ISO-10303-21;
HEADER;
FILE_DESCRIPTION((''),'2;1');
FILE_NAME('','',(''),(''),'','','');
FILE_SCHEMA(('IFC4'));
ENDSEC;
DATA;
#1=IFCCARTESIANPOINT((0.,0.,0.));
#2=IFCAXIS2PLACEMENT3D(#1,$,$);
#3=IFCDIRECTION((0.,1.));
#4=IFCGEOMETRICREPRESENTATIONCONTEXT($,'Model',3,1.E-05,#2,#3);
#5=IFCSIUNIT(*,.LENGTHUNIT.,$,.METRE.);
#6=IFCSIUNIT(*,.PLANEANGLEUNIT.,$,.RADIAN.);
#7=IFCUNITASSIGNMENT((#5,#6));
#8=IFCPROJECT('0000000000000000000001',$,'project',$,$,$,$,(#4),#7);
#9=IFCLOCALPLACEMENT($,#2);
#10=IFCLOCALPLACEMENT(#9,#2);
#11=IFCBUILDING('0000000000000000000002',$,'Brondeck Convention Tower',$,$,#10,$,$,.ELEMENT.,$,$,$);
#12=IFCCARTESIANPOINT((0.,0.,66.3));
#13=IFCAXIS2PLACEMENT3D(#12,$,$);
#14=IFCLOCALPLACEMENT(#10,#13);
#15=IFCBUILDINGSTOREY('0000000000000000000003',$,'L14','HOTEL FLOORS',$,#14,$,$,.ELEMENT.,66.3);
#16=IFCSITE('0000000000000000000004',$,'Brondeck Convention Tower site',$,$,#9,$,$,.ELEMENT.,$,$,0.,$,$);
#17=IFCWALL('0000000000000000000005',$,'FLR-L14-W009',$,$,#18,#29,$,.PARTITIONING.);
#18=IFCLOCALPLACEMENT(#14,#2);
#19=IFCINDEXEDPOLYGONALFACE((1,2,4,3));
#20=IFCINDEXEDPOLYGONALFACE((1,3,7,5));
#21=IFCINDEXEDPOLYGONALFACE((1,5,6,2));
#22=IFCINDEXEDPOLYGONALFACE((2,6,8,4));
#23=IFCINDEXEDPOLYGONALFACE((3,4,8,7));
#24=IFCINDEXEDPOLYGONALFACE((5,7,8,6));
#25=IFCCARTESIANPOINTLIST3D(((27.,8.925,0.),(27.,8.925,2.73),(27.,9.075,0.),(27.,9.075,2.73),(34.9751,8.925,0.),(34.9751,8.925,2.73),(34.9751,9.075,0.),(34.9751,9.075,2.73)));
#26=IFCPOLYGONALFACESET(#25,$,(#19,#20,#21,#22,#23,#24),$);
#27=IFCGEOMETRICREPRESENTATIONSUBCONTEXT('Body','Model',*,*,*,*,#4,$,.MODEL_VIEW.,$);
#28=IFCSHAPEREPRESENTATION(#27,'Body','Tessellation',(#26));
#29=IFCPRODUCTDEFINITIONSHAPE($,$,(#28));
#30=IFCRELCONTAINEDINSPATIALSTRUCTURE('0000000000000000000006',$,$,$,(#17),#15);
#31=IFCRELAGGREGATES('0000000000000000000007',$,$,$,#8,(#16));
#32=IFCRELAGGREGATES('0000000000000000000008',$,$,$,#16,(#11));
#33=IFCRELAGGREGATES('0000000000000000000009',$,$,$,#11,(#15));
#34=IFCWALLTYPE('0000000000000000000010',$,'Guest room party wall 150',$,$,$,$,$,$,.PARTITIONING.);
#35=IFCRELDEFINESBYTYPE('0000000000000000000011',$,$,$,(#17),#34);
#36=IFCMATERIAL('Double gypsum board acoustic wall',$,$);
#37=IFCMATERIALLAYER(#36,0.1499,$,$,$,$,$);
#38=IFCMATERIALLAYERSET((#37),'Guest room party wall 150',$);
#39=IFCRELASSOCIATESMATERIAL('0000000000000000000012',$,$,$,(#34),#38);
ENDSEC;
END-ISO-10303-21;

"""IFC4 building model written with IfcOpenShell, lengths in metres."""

from ifc_helpers import new_model, si_unit, direction, frame, frame_2d, origin, place, context, subcontext, project, spatial, rectangle, extrude, material, layer, layer_set, type_object, element, save


model = new_model("IFC4")

# Units and contexts
model_context = context("Model", 3, precision=1e-05, world=origin(), true_north=direction((0.0, 1.0)))
body_context = subcontext(model_context, "Body", "Model", "MODEL_VIEW")
ifc_project = project(units=[si_unit("LENGTHUNIT", "METRE"), si_unit("PLANEANGLEUNIT", "RADIAN")], contexts=[model_context])

# Site, building, storey
site_placement = place(None, origin())
site = spatial("IfcSite", under=ifc_project, at=site_placement, Name="Brondeck Convention Tower site", CompositionType="ELEMENT", RefElevation=0.0)
building_placement = place(site_placement, origin())
building = spatial("IfcBuilding", under=site, at=building_placement, Name="Brondeck Convention Tower", CompositionType="ELEMENT")
storey_placement = place(building_placement, frame((0.0, 0.0, 66.3)))
storey = spatial("IfcBuildingStorey", under=building, at=storey_placement, Name="L14", Description="HOTEL FLOORS", CompositionType="ELEMENT", Elevation=66.3)

# Wall
ifc_material_1 = material(Name="Double gypsum board acoustic wall")
ifc_layer_1 = layer(ifc_material_1, 0.1499)
ifc_layer_set_1 = layer_set([ifc_layer_1], Name="Guest room party wall 150")
wall_type_1 = type_object("IfcWallType", Name="Guest room party wall 150", PredefinedType="PARTITIONING", material=ifc_layer_set_1)
wall_1_placement = place(storey_placement, frame((34.9751, 9.0, 0.0), z_axis=(0.0, 0.0, 1.0), x_axis=(-1.0, 0.0, 0.0)))
element("IfcWall", 1, at=wall_1_placement, inside=storey, type_object=wall_type_1, Name="FLR-L14-W009", PredefinedType="PARTITIONING", context=body_context, shape_type="SweptSolid", body=[
    extrude(rectangle(XDim=7.9751, YDim=0.1499, at=frame_2d((3.9875, 0.0))), origin(), (0.0, 0.0, 1.0), 2.73),
])

save(model, "model.ifc")
